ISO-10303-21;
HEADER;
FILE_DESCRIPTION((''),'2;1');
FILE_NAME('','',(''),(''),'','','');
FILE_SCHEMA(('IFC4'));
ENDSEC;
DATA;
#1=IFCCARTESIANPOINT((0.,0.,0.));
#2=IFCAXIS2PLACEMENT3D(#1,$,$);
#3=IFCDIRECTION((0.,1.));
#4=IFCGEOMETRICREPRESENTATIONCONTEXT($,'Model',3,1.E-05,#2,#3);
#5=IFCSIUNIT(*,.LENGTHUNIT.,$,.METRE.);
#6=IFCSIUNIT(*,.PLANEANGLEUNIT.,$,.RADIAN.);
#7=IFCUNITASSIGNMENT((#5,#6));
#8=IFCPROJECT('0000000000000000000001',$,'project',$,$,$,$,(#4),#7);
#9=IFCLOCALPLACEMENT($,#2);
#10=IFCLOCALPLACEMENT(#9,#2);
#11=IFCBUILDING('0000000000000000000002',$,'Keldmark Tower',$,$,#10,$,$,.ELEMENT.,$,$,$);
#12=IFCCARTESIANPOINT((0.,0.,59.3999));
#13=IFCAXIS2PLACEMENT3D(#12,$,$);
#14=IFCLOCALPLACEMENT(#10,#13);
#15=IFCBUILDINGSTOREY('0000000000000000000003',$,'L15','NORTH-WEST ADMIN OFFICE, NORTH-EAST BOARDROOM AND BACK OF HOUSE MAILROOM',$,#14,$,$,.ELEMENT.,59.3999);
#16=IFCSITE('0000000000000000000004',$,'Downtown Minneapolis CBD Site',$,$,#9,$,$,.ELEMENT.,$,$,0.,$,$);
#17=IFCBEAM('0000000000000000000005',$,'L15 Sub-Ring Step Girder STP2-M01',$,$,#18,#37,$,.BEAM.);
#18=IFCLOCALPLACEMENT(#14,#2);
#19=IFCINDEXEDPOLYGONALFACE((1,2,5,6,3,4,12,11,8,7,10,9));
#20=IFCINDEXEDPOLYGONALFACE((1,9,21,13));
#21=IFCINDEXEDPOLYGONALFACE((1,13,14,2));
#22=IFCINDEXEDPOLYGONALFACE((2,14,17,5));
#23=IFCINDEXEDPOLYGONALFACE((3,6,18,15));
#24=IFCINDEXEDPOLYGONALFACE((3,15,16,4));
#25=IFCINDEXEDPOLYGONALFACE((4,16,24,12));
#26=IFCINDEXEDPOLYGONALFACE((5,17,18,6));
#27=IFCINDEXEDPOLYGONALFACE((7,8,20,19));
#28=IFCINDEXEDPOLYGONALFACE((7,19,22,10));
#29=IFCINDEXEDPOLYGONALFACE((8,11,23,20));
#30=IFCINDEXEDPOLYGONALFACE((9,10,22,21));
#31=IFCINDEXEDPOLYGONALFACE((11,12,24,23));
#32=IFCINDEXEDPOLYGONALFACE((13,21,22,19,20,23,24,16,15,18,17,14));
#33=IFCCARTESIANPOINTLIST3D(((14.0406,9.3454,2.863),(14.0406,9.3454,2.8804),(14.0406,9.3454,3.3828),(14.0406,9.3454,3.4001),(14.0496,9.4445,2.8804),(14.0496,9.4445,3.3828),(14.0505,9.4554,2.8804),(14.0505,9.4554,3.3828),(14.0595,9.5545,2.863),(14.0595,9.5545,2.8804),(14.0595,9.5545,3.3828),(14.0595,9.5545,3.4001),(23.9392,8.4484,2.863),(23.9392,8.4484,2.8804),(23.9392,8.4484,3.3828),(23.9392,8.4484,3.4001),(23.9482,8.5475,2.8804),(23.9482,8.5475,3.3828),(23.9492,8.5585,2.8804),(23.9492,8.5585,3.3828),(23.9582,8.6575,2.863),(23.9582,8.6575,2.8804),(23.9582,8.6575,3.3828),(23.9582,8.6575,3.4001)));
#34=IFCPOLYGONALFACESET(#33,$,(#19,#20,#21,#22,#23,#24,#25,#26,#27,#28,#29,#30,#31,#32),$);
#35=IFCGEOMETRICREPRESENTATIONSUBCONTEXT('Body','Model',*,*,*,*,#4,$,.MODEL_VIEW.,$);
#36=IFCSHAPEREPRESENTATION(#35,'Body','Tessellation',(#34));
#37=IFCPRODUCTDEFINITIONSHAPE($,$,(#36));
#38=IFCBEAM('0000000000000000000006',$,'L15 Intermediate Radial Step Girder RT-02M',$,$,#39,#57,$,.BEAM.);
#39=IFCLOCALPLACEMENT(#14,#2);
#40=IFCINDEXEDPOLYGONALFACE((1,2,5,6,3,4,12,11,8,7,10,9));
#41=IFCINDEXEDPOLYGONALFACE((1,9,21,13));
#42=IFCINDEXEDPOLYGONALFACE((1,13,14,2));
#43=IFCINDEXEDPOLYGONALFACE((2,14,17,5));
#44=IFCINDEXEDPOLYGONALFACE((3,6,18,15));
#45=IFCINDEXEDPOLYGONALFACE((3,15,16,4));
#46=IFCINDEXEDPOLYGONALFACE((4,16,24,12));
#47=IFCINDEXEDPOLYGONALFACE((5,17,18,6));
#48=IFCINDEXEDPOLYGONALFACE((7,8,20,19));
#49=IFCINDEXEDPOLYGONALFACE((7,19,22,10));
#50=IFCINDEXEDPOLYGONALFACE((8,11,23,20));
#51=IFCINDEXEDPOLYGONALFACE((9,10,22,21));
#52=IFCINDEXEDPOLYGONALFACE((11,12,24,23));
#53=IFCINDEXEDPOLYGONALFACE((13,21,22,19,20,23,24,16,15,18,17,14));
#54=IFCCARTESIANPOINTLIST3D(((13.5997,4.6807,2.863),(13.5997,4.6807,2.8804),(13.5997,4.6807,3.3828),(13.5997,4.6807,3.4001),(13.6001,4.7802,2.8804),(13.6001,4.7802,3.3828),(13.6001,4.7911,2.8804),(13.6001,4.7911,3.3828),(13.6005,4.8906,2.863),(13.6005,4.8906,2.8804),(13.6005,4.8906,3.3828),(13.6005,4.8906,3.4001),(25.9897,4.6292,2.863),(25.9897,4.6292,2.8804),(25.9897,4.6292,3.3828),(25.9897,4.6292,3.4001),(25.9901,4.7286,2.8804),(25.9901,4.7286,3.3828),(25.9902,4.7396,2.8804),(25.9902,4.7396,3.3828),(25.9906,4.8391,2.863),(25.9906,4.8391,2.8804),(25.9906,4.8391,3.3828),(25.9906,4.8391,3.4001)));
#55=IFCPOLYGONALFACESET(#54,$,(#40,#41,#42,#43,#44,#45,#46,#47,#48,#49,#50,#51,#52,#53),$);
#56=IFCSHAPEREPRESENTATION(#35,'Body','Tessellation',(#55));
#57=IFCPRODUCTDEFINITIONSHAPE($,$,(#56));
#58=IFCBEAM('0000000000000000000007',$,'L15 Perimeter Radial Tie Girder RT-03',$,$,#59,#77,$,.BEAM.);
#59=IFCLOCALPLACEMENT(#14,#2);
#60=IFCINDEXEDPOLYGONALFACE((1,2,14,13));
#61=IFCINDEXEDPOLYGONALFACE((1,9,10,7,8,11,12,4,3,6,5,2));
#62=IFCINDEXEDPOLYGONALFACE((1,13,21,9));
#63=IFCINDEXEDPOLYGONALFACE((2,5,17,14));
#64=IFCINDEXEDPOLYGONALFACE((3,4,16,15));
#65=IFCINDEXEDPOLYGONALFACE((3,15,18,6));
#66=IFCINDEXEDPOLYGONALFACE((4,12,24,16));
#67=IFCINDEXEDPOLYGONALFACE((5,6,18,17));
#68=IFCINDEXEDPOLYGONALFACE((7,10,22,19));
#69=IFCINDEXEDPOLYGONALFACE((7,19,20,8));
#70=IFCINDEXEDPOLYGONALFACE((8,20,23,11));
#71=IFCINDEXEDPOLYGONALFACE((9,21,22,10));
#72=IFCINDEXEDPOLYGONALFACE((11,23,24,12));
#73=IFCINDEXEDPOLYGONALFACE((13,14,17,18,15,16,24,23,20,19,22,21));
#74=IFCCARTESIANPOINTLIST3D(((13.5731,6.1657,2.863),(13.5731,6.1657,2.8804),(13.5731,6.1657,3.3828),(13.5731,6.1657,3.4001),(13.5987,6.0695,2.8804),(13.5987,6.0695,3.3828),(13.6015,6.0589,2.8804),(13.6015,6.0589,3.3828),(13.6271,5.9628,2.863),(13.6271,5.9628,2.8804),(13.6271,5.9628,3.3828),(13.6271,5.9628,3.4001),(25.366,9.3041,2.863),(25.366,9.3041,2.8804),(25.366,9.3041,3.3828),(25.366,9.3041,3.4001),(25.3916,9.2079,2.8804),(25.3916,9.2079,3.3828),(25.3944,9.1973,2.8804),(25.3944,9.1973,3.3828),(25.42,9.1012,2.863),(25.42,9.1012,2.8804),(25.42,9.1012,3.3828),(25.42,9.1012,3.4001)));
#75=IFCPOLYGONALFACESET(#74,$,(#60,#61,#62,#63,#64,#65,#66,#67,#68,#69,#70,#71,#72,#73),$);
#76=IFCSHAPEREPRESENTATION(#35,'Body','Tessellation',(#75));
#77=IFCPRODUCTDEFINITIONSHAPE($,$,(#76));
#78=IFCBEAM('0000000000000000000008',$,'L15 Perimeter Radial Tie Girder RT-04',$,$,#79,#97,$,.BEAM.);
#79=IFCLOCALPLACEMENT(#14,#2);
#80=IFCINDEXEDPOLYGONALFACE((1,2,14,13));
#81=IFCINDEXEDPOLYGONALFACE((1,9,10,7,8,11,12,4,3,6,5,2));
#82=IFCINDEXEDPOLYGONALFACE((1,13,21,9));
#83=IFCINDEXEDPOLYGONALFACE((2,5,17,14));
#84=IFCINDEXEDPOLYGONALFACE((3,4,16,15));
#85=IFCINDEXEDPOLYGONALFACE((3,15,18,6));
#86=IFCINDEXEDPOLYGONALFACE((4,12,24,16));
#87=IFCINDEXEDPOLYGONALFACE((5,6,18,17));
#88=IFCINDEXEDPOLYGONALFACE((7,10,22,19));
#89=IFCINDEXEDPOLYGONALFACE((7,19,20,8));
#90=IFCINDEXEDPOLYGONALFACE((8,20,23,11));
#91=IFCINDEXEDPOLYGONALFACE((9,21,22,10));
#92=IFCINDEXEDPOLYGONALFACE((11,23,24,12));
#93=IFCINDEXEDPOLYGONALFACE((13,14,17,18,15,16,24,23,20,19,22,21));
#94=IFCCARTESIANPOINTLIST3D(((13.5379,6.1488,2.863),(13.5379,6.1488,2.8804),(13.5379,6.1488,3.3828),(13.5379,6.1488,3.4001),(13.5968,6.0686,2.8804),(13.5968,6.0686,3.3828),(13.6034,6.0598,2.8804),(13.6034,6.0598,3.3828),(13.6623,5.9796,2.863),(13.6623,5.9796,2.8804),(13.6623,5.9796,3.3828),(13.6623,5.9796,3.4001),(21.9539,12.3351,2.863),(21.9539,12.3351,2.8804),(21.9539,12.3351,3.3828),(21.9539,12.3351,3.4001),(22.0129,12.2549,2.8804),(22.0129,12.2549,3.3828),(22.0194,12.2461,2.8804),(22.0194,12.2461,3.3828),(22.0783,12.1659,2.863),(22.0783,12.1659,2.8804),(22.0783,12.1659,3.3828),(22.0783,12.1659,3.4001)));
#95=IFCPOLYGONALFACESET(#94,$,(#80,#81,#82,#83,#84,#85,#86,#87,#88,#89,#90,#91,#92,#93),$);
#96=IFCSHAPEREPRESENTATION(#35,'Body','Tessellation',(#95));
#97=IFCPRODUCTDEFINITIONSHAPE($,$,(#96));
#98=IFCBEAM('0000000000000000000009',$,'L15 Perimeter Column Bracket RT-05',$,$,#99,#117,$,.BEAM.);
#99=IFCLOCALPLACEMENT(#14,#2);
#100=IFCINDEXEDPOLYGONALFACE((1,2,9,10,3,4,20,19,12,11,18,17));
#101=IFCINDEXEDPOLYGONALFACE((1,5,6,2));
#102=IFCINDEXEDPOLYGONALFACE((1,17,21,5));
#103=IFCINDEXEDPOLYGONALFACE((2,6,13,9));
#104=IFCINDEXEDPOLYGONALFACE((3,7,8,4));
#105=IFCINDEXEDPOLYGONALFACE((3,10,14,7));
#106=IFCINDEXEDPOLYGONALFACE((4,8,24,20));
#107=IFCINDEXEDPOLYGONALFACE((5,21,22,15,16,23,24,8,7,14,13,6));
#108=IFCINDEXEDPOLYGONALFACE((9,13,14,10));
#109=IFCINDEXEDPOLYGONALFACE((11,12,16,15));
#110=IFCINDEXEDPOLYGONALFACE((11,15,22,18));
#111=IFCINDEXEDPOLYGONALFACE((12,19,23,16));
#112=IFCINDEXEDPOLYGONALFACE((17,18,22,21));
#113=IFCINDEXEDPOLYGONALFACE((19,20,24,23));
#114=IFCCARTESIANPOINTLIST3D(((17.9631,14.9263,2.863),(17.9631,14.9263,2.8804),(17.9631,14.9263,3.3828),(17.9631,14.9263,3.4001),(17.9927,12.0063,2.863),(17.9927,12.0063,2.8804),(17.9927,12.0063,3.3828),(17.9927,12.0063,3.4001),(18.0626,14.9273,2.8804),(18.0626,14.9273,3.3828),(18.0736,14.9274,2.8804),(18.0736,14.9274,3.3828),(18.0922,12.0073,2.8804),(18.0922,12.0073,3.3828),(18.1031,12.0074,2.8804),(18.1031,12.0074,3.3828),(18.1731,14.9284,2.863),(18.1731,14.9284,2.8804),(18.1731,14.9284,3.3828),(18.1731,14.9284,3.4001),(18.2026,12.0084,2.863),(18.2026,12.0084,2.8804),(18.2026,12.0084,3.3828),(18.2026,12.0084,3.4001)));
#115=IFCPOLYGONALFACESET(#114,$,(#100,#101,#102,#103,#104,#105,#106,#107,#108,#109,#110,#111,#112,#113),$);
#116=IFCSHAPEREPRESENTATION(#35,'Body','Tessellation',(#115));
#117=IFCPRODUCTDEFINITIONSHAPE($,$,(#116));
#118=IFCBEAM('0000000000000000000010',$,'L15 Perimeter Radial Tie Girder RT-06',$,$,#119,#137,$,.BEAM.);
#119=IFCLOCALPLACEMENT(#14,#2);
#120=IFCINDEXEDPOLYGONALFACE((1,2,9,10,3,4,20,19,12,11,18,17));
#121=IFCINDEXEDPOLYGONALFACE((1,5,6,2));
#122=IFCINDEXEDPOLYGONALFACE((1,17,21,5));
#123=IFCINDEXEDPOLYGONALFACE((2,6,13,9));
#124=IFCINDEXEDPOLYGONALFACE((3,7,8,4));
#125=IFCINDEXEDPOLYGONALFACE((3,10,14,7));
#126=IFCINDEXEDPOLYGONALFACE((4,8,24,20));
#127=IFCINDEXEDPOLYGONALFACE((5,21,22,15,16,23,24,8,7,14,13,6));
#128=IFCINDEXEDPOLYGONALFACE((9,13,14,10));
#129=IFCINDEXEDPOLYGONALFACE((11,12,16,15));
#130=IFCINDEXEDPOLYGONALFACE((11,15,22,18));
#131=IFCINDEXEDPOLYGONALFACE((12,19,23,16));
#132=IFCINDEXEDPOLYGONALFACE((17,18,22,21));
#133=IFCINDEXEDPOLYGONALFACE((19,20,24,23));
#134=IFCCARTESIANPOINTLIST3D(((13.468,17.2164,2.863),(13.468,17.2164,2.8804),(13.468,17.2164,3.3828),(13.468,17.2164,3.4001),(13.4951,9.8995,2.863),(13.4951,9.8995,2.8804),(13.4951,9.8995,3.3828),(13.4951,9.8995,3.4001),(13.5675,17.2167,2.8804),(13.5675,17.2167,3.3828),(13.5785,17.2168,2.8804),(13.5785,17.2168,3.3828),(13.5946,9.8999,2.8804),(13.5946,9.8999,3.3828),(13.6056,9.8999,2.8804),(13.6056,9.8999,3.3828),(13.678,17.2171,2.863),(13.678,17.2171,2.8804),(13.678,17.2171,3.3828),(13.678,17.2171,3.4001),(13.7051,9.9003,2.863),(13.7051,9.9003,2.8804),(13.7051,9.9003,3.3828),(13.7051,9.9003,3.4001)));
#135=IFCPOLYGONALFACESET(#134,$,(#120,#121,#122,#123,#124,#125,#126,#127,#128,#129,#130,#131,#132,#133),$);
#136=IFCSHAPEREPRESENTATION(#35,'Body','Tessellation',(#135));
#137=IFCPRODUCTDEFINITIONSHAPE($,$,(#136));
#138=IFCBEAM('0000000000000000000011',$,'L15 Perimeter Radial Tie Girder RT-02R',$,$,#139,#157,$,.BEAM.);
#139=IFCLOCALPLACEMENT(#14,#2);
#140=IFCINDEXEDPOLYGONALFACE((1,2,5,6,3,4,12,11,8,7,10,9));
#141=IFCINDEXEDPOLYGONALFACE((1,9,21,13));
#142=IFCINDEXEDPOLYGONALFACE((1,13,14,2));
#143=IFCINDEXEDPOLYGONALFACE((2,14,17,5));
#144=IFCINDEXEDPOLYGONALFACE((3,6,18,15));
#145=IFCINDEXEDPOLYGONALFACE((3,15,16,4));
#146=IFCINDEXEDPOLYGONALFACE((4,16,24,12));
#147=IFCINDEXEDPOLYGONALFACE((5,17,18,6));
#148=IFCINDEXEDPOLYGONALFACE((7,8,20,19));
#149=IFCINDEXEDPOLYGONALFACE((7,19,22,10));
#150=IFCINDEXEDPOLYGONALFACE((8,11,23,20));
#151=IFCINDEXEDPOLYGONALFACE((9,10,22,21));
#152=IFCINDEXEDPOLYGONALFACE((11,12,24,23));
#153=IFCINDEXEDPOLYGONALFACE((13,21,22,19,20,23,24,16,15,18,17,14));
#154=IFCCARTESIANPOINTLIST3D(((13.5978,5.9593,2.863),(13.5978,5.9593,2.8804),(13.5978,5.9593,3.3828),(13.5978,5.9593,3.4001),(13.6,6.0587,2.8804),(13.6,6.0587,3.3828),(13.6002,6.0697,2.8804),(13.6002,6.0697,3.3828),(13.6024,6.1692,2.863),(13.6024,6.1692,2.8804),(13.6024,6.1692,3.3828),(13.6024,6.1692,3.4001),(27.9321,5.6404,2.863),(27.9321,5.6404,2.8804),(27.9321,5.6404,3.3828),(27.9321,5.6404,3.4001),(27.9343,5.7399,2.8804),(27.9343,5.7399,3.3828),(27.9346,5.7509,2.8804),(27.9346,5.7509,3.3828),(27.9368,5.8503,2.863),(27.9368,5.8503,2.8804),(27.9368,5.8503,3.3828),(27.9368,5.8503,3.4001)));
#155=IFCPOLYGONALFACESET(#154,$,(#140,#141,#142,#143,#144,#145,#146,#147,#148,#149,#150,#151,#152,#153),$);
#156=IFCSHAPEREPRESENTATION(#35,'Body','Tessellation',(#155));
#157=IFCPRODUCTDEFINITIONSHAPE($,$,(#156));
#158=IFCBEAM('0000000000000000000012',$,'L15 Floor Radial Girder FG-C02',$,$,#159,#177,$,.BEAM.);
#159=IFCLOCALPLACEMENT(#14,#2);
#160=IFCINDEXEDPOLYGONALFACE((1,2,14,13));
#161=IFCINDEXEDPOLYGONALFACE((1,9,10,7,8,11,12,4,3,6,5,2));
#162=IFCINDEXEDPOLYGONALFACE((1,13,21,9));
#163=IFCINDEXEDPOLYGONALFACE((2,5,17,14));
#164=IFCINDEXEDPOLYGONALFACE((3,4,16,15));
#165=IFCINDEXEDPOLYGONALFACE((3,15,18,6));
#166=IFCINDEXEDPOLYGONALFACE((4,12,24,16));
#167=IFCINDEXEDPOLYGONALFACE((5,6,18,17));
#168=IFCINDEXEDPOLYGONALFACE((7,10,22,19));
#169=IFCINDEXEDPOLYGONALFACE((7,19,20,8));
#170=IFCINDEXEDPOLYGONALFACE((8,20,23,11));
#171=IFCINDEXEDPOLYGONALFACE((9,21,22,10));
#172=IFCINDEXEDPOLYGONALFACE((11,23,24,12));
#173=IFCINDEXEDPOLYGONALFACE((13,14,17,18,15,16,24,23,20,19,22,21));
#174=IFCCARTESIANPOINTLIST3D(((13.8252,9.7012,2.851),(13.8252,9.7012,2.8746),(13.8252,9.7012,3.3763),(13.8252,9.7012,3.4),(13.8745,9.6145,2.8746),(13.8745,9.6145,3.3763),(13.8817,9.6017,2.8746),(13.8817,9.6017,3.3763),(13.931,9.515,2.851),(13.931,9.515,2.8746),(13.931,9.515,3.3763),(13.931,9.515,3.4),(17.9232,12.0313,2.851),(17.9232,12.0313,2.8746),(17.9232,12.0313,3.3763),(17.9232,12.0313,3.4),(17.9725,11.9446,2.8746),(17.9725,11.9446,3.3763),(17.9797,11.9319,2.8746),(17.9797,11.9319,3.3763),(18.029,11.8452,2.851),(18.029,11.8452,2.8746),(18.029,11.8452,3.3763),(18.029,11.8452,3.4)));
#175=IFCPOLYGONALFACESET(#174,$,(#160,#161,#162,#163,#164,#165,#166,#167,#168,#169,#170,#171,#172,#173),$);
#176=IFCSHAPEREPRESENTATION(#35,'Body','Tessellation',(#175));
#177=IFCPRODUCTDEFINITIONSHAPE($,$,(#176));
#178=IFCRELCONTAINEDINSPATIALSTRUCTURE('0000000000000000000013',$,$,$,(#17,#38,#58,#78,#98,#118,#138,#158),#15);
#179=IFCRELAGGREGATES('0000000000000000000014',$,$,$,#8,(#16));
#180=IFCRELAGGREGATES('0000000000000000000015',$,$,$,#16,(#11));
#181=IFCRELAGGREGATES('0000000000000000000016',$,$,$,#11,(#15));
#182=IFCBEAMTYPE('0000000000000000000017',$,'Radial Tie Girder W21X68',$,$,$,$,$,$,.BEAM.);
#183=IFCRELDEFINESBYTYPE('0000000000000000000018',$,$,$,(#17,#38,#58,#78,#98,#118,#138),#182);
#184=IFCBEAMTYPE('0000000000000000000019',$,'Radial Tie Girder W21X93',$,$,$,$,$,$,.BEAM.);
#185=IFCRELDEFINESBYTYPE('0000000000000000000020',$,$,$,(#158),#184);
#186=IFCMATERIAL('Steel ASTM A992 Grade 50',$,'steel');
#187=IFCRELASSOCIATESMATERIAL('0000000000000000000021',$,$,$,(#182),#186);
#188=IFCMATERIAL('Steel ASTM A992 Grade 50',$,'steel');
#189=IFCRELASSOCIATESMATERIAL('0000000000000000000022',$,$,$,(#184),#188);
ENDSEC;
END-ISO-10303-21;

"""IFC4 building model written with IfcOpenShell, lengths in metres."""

from ifc_helpers import new_model, si_unit, direction, frame, origin, origin_2d, place, context, subcontext, project, spatial, i_section, extrude, material, material_profile, profile_set, type_object, element, save


model = new_model("IFC4")

# Units and contexts
model_context = context("Model", 3, precision=1e-05, world=origin(), true_north=direction((0.0, 1.0)))
body_context = subcontext(model_context, "Body", "Model", "MODEL_VIEW")
ifc_project = project(units=[si_unit("LENGTHUNIT", "METRE"), si_unit("PLANEANGLEUNIT", "RADIAN")], contexts=[model_context])

# Site, building, storey
site_placement = place(None, origin())
site = spatial("IfcSite", under=ifc_project, at=site_placement, Name="Downtown Minneapolis CBD Site", CompositionType="ELEMENT", RefElevation=0.0)
building_placement = place(site_placement, origin())
building = spatial("IfcBuilding", under=site, at=building_placement, Name="Keldmark Tower", CompositionType="ELEMENT")
storey_placement = place(building_placement, frame((0.0, 0.0, 59.3999)))
storey = spatial("IfcBuildingStorey", under=building, at=storey_placement, Name="L15", Description="NORTH-WEST ADMIN OFFICE, NORTH-EAST BOARDROOM AND BACK OF HOUSE MAILROOM", CompositionType="ELEMENT", Elevation=59.3999)

# Beams
ifc_material_1 = material(Name="Steel ASTM A992 Grade 50", Category="steel")
ifc_material_profile_1 = material_profile(ifc_material_1, i_section(OverallWidth=0.21, OverallDepth=0.5371, WebThickness=0.011, FlangeThickness=0.0173, at=origin_2d()), Name="W21X68")
ifc_profile_set_1 = profile_set([ifc_material_profile_1], Name="Steel ASTM A992 Grade 50")
beam_type_1 = type_object("IfcBeamType", Name="Radial Tie Girder W21X68", PredefinedType="BEAM", material=ifc_profile_set_1)
beam_1_placement = place(storey_placement, frame((14.05, 9.45, 3.1316), z_axis=(0.99592, -0.090246, 0.0), x_axis=(0.090246, 0.99592, 0.0)))
element("IfcBeam", 1, at=beam_1_placement, inside=storey, type_object=beam_type_1, Name="L15 Sub-Ring Step Girder STP2-M01", PredefinedType="BEAM", context=body_context, shape_type="SweptSolid", body=[
    extrude(i_section(OverallWidth=0.21, OverallDepth=0.5371, WebThickness=0.011, FlangeThickness=0.0173, at=origin_2d()), origin(), (0.0, 0.0, 1.0), 9.9392),
])
beam_2_placement = place(storey_placement, frame((13.6001, 4.7856, 3.1316), z_axis=(0.999991, -0.004158, 0.0), x_axis=(0.004158, 0.999991, 0.0)))
element("IfcBeam", 2, at=beam_2_placement, inside=storey, type_object=beam_type_1, Name="L15 Intermediate Radial Step Girder RT-02M", PredefinedType="BEAM", context=body_context, shape_type="SweptSolid", body=[
    extrude(i_section(OverallWidth=0.21, OverallDepth=0.5371, WebThickness=0.011, FlangeThickness=0.0173, at=origin_2d()), origin(), (0.0, 0.0, 1.0), 12.3901),
])
beam_3_placement = place(storey_placement, frame((13.6001, 6.0642, 3.1316), z_axis=(0.966365, 0.257176, 0.0), x_axis=(-0.257176, 0.966365, 0.0)))
element("IfcBeam", 3, at=beam_3_placement, inside=storey, type_object=beam_type_1, Name="L15 Perimeter Radial Tie Girder RT-03", PredefinedType="BEAM", context=body_context, shape_type="SweptSolid", body=[
    extrude(i_section(OverallWidth=0.21, OverallDepth=0.5371, WebThickness=0.011, FlangeThickness=0.0173, at=origin_2d()), origin(), (0.0, 0.0, 1.0), 12.2034),
])
beam_4_placement = place(storey_placement, frame((13.6001, 6.0642, 3.1316), z_axis=(0.805741, 0.592268, 0.0), x_axis=(-0.592268, 0.805741, 0.0)))
element("IfcBeam", 4, at=beam_4_placement, inside=storey, type_object=beam_type_1, Name="L15 Perimeter Radial Tie Girder RT-04", PredefinedType="BEAM", context=body_context, shape_type="SweptSolid", body=[
    extrude(i_section(OverallWidth=0.21, OverallDepth=0.5371, WebThickness=0.011, FlangeThickness=0.0173, at=origin_2d()), origin(), (0.0, 0.0, 1.0), 10.4451),
])
beam_5_placement = place(storey_placement, frame((18.0977, 12.0073, 3.1316), z_axis=(-0.010117, 0.999949, 0.0), x_axis=(-0.999949, -0.010117, 0.0)))
element("IfcBeam", 5, at=beam_5_placement, inside=storey, type_object=beam_type_1, Name="L15 Perimeter Column Bracket RT-05", PredefinedType="BEAM", context=body_context, shape_type="SweptSolid", body=[
    extrude(i_section(OverallWidth=0.21, OverallDepth=0.5371, WebThickness=0.011, FlangeThickness=0.0173, at=origin_2d()), origin(), (0.0, 0.0, 1.0), 2.9202),
])
beam_6_placement = place(storey_placement, frame((13.6001, 9.8999, 3.1316), z_axis=(-0.003704, 0.999993, 0.0), x_axis=(-0.999993, -0.003704, 0.0)))
element("IfcBeam", 6, at=beam_6_placement, inside=storey, type_object=beam_type_1, Name="L15 Perimeter Radial Tie Girder RT-06", PredefinedType="BEAM", context=body_context, shape_type="SweptSolid", body=[
    extrude(i_section(OverallWidth=0.21, OverallDepth=0.5371, WebThickness=0.011, FlangeThickness=0.0173, at=origin_2d()), origin(), (0.0, 0.0, 1.0), 7.3169),
])
beam_7_placement = place(storey_placement, frame((13.6001, 6.0642, 3.1316), z_axis=(0.999753, -0.022238, 0.0), x_axis=(0.022238, 0.999753, 0.0)))
element("IfcBeam", 7, at=beam_7_placement, inside=storey, type_object=beam_type_1, Name="L15 Perimeter Radial Tie Girder RT-02R", PredefinedType="BEAM", context=body_context, shape_type="SweptSolid", body=[
    extrude(i_section(OverallWidth=0.21, OverallDepth=0.5371, WebThickness=0.011, FlangeThickness=0.0173, at=origin_2d()), origin(), (0.0, 0.0, 1.0), 14.3379),
])
ifc_material_2 = material(Name="Steel ASTM A992 Grade 50", Category="steel")
ifc_material_profile_2 = material_profile(ifc_material_2, i_section(OverallWidth=0.2141, OverallDepth=0.5491, WebThickness=0.0146, FlangeThickness=0.0237, at=origin_2d()), Name="W21X93")
ifc_profile_set_2 = profile_set([ifc_material_profile_2], Name="Steel ASTM A992 Grade 50")
beam_type_2 = type_object("IfcBeamType", Name="Radial Tie Girder W21X93", PredefinedType="BEAM", material=ifc_profile_set_2)
beam_8_placement = place(storey_placement, frame((17.9761, 11.9382, 3.1255), z_axis=(-0.869299, -0.494286, 0.0), x_axis=(0.494286, -0.869299, 0.0)))
element("IfcBeam", 8, at=beam_8_placement, inside=storey, type_object=beam_type_2, Name="L15 Floor Radial Girder FG-C02", PredefinedType="BEAM", context=body_context, shape_type="SweptSolid", body=[
    extrude(i_section(OverallWidth=0.2141, OverallDepth=0.5491, WebThickness=0.0146, FlangeThickness=0.0237, at=origin_2d()), origin(), (0.0, 0.0, 1.0), 4.7141),
])

save(model, "model.ifc")
